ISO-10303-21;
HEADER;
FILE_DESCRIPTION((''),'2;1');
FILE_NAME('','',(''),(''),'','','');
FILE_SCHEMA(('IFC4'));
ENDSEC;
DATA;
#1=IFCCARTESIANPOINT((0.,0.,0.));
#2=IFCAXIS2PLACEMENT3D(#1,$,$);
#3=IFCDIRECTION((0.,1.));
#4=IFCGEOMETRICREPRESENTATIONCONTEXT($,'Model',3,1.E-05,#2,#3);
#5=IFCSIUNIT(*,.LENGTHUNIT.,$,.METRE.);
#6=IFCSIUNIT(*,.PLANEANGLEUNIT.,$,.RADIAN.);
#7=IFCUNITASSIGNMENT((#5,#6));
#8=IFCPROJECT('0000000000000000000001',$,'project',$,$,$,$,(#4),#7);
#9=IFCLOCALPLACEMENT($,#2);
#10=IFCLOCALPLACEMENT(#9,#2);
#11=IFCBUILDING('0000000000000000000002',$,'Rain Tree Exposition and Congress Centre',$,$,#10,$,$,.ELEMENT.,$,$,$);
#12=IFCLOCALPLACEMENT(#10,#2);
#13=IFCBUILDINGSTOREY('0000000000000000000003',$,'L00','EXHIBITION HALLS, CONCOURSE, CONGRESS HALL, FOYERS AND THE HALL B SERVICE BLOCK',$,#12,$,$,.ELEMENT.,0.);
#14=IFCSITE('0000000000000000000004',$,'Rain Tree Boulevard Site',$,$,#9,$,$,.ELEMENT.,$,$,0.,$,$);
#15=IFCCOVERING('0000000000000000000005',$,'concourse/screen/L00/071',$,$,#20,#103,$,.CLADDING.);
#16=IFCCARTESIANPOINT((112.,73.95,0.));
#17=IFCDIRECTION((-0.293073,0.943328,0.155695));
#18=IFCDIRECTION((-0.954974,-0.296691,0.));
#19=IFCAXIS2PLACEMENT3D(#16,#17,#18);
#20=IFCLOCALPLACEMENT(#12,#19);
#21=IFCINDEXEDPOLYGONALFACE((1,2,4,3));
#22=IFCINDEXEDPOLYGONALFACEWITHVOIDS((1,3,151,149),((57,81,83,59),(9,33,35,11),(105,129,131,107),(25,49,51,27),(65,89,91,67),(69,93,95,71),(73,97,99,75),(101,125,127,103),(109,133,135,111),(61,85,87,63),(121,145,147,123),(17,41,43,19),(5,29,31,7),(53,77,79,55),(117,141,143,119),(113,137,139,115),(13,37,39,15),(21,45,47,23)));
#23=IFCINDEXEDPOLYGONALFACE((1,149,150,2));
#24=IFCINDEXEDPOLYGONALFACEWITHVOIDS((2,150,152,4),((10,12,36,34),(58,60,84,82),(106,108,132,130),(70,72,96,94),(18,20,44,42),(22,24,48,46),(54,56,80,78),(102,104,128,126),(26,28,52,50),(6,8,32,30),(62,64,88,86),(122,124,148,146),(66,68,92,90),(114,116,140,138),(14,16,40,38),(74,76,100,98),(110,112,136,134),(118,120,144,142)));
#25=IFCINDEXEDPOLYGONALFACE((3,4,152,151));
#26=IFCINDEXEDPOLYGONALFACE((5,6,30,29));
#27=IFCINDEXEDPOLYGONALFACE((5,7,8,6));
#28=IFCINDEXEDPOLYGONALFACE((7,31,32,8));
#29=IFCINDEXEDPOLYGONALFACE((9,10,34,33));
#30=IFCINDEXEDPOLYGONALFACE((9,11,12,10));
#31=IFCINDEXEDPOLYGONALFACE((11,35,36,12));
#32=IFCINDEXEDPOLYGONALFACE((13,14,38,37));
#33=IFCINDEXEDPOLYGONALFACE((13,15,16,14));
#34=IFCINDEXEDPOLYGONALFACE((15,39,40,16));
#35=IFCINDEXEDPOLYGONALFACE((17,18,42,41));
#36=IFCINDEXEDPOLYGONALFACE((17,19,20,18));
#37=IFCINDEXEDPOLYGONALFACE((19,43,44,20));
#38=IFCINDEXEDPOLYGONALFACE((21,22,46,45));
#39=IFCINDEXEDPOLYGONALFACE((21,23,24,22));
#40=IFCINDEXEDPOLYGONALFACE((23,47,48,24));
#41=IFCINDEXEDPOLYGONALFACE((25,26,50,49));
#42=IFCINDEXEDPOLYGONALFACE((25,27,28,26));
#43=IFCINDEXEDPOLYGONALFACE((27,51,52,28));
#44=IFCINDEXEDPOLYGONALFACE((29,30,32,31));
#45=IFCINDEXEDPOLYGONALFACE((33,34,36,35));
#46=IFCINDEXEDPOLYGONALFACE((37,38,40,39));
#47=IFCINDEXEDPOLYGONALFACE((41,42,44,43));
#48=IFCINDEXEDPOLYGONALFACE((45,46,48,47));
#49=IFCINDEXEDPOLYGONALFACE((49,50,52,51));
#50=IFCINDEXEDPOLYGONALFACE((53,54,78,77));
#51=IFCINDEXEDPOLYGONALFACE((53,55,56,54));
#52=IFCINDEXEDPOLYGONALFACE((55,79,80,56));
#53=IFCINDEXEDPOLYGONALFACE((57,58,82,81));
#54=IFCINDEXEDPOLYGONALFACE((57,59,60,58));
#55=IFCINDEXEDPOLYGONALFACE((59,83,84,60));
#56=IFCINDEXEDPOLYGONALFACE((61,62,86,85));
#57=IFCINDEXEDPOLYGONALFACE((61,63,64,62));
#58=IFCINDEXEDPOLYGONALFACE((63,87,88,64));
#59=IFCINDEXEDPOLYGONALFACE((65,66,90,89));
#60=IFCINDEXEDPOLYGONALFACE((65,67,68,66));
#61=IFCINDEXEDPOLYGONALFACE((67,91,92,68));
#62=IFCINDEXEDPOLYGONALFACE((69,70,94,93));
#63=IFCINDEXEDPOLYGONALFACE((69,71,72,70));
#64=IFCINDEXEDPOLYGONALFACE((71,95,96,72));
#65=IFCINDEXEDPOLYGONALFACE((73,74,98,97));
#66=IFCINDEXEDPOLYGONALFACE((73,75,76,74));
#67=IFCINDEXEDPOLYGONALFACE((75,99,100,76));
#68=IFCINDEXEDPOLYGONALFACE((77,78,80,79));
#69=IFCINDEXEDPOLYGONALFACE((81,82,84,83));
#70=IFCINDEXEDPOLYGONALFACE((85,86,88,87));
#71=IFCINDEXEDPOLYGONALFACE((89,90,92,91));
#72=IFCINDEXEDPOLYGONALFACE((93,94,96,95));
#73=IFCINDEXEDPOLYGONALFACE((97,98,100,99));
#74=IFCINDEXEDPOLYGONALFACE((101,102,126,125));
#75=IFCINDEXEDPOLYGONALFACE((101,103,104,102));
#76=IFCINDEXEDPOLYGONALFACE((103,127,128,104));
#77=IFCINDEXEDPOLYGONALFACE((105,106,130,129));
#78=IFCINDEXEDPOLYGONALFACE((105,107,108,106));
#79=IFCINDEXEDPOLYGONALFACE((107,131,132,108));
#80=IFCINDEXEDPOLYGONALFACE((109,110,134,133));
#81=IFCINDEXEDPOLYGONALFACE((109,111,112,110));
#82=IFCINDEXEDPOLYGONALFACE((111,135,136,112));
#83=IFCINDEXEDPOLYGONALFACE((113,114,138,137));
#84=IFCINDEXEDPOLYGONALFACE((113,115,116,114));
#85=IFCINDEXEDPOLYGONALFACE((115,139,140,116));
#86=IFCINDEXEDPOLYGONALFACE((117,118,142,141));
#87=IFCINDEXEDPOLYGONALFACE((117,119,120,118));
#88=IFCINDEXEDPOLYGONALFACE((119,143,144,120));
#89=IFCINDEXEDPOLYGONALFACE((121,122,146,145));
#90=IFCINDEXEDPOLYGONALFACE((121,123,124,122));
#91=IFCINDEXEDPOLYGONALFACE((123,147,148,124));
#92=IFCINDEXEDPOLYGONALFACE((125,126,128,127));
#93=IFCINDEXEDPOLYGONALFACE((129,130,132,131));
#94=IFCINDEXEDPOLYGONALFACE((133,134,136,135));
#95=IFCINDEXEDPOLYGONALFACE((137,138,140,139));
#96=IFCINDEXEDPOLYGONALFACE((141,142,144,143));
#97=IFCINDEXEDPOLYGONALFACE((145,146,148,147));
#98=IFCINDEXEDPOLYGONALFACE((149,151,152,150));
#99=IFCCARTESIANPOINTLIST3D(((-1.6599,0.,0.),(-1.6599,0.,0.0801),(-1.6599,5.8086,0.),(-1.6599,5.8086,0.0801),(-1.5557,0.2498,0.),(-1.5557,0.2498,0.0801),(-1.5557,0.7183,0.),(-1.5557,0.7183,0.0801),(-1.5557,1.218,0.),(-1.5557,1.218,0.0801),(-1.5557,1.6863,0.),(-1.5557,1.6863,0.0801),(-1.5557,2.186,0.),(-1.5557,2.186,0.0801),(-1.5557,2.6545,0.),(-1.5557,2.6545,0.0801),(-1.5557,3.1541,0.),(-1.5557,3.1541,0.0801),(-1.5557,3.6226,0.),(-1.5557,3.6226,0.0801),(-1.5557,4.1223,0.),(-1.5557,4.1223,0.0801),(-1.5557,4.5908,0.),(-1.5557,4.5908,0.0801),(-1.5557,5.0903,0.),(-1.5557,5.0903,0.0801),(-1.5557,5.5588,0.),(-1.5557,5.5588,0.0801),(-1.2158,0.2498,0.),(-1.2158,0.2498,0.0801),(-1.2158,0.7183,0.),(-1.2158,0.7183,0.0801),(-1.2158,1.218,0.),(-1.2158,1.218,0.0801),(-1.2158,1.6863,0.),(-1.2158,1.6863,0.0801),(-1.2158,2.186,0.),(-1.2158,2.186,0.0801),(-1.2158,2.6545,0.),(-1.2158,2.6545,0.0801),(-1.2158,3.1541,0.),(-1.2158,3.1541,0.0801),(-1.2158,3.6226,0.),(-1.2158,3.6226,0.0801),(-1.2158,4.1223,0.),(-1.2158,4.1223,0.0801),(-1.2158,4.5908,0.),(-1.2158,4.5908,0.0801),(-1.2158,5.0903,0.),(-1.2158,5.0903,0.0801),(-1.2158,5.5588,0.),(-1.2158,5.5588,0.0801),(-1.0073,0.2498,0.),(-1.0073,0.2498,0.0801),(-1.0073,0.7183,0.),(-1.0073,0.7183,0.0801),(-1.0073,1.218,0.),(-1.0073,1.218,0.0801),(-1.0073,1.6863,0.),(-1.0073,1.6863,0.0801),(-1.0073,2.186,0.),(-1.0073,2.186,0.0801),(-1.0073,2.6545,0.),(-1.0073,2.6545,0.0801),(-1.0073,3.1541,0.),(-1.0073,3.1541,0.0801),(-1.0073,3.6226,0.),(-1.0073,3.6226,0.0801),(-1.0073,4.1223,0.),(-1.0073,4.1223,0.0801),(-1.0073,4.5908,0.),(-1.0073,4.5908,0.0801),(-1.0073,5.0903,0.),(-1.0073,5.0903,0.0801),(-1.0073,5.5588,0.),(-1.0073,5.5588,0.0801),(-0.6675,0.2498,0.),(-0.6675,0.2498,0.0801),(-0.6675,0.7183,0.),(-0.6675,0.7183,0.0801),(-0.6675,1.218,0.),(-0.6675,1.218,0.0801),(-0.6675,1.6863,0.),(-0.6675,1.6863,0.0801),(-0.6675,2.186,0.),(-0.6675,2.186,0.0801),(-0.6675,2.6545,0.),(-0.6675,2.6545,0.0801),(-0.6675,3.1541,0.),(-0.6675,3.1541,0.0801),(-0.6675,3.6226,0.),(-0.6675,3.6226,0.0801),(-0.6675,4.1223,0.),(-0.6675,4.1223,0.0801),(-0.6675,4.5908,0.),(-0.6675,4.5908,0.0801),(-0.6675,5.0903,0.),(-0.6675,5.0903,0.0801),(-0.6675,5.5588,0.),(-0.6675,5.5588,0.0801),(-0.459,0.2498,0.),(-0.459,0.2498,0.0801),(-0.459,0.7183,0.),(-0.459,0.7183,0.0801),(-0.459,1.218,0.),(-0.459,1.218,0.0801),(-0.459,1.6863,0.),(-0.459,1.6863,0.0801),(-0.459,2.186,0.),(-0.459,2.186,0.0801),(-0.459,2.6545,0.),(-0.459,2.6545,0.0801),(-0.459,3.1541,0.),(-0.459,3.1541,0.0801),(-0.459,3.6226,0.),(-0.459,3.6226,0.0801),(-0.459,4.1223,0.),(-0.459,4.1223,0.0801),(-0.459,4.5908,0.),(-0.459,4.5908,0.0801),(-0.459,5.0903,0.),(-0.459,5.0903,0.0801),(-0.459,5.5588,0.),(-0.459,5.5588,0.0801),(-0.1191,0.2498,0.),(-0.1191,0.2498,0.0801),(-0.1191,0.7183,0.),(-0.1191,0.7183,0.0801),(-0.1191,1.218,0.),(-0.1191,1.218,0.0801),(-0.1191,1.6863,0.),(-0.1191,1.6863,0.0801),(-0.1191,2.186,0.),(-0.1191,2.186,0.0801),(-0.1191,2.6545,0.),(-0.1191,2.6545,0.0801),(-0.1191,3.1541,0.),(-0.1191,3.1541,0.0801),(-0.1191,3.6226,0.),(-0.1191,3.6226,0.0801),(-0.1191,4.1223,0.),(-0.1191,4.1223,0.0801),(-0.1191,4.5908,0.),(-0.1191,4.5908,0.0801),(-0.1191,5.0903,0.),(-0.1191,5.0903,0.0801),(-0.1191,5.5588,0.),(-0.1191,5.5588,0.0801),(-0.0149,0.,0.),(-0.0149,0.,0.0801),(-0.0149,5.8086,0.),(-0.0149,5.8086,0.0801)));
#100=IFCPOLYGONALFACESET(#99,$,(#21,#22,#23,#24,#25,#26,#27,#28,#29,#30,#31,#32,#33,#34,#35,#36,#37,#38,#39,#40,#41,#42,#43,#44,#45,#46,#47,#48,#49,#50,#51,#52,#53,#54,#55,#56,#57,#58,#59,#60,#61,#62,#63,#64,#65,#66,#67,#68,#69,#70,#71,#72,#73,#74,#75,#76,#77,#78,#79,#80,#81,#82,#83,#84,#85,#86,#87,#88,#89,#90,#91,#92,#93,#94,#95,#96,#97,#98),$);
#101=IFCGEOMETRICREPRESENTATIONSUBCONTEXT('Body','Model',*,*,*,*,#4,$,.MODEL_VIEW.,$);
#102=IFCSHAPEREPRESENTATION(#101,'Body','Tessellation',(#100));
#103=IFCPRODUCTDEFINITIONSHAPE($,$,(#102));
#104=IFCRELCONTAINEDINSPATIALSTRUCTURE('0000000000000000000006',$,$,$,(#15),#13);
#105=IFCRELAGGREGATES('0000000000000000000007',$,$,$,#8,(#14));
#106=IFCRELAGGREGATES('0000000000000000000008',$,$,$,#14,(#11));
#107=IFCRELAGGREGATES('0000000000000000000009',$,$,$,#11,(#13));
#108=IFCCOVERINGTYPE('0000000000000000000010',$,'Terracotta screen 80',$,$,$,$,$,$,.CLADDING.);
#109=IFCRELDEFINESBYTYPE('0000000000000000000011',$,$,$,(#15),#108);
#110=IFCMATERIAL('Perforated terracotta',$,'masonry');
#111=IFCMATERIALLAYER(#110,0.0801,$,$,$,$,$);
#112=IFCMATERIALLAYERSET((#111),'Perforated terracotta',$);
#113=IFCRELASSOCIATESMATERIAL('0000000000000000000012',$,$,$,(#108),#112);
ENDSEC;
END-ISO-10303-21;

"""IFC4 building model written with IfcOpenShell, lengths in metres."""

from ifc_helpers import new_model, si_unit, direction, frame, origin, place, context, subcontext, project, spatial, polyline, outline, extrude, material, layer, layer_set, type_object, element, save


model = new_model("IFC4")

# Units and contexts
model_context = context("Model", 3, precision=1e-05, world=origin(), true_north=direction((0.0, 1.0)))
body_context = subcontext(model_context, "Body", "Model", "MODEL_VIEW")
ifc_project = project(units=[si_unit("LENGTHUNIT", "METRE"), si_unit("PLANEANGLEUNIT", "RADIAN")], contexts=[model_context])

# Site, building, storey
site_placement = place(None, origin())
site = spatial("IfcSite", under=ifc_project, at=site_placement, Name="Rain Tree Boulevard Site", CompositionType="ELEMENT", RefElevation=0.0)
building_placement = place(site_placement, origin())
building = spatial("IfcBuilding", under=site, at=building_placement, Name="Rain Tree Exposition and Congress Centre", CompositionType="ELEMENT")
storey_placement = place(building_placement, origin())
storey = spatial("IfcBuildingStorey", under=building, at=storey_placement, Name="L00", Description="EXHIBITION HALLS, CONCOURSE, CONGRESS HALL, FOYERS AND THE HALL B SERVICE BLOCK", CompositionType="ELEMENT", Elevation=0.0)

# Covering
ifc_material_1 = material(Name="Perforated terracotta", Category="masonry")
ifc_layer_1 = layer(ifc_material_1, 0.0801)
ifc_layer_set_1 = layer_set([ifc_layer_1], Name="Perforated terracotta")
covering_type = type_object("IfcCoveringType", Name="Terracotta screen 80", PredefinedType="CLADDING", material=ifc_layer_set_1)
covering_1_placement = place(storey_placement, frame((112.0, 73.95, 0.0), z_axis=(-0.293073, 0.943328, 0.155695), x_axis=(-0.954974, -0.296691, 0.0)))
element("IfcCovering", 1, at=covering_1_placement, inside=storey, type_object=covering_type, Name="concourse/screen/L00/071", PredefinedType="CLADDING", context=body_context, shape_type="SweptSolid", body=[
    extrude(outline(polyline([(-0.0149, 0.0), (-1.6599, 0.0), (-1.6599, 5.8086), (-0.0149, 5.8086), (-0.0149, 0.0)]), holes=[polyline([(-0.1191, 0.2498), (-0.1191, 0.7183), (-0.459, 0.7183), (-0.459, 0.2498), (-0.1191, 0.2498)]), polyline([(-0.1191, 1.218), (-0.1191, 1.6863), (-0.459, 1.6863), (-0.459, 1.218), (-0.1191, 1.218)]), polyline([(-0.1191, 2.186), (-0.1191, 2.6545), (-0.459, 2.6545), (-0.459, 2.186), (-0.1191, 2.186)]), polyline([(-0.1191, 3.1541), (-0.1191, 3.6226), (-0.459, 3.6226), (-0.459, 3.1541), (-0.1191, 3.1541)]), polyline([(-0.1191, 4.1223), (-0.1191, 4.5908), (-0.459, 4.5908), (-0.459, 4.1223), (-0.1191, 4.1223)]), polyline([(-0.1191, 5.0903), (-0.1191, 5.5588), (-0.459, 5.5588), (-0.459, 5.0903), (-0.1191, 5.0903)]), polyline([(-0.6675, 0.2498), (-0.6675, 0.7183), (-1.0073, 0.7183), (-1.0073, 0.2498), (-0.6675, 0.2498)]), polyline([(-0.6675, 1.218), (-0.6675, 1.6863), (-1.0073, 1.6863), (-1.0073, 1.218), (-0.6675, 1.218)]), polyline([(-0.6675, 2.186), (-0.6675, 2.6545), (-1.0073, 2.6545), (-1.0073, 2.186), (-0.6675, 2.186)]), polyline([(-0.6675, 3.1541), (-0.6675, 3.6226), (-1.0073, 3.6226), (-1.0073, 3.1541), (-0.6675, 3.1541)]), polyline([(-0.6675, 4.1223), (-0.6675, 4.5908), (-1.0073, 4.5908), (-1.0073, 4.1223), (-0.6675, 4.1223)]), polyline([(-0.6675, 5.0903), (-0.6675, 5.5588), (-1.0073, 5.5588), (-1.0073, 5.0903), (-0.6675, 5.0903)]), polyline([(-1.2158, 0.2498), (-1.2158, 0.7183), (-1.5557, 0.7183), (-1.5557, 0.2498), (-1.2158, 0.2498)]), polyline([(-1.2158, 1.218), (-1.2158, 1.6863), (-1.5557, 1.6863), (-1.5557, 1.218), (-1.2158, 1.218)]), polyline([(-1.2158, 2.186), (-1.2158, 2.6545), (-1.5557, 2.6545), (-1.5557, 2.186), (-1.2158, 2.186)]), polyline([(-1.2158, 3.1541), (-1.2158, 3.6226), (-1.5557, 3.6226), (-1.5557, 3.1541), (-1.2158, 3.1541)]), polyline([(-1.2158, 4.1223), (-1.2158, 4.5908), (-1.5557, 4.5908), (-1.5557, 4.1223), (-1.2158, 4.1223)]), polyline([(-1.2158, 5.0903), (-1.2158, 5.5588), (-1.5557, 5.5588), (-1.5557, 5.0903), (-1.2158, 5.0903)])]), origin(), (0.0, 0.0, 1.0), 0.0801),
])

save(model, "model.ifc")
